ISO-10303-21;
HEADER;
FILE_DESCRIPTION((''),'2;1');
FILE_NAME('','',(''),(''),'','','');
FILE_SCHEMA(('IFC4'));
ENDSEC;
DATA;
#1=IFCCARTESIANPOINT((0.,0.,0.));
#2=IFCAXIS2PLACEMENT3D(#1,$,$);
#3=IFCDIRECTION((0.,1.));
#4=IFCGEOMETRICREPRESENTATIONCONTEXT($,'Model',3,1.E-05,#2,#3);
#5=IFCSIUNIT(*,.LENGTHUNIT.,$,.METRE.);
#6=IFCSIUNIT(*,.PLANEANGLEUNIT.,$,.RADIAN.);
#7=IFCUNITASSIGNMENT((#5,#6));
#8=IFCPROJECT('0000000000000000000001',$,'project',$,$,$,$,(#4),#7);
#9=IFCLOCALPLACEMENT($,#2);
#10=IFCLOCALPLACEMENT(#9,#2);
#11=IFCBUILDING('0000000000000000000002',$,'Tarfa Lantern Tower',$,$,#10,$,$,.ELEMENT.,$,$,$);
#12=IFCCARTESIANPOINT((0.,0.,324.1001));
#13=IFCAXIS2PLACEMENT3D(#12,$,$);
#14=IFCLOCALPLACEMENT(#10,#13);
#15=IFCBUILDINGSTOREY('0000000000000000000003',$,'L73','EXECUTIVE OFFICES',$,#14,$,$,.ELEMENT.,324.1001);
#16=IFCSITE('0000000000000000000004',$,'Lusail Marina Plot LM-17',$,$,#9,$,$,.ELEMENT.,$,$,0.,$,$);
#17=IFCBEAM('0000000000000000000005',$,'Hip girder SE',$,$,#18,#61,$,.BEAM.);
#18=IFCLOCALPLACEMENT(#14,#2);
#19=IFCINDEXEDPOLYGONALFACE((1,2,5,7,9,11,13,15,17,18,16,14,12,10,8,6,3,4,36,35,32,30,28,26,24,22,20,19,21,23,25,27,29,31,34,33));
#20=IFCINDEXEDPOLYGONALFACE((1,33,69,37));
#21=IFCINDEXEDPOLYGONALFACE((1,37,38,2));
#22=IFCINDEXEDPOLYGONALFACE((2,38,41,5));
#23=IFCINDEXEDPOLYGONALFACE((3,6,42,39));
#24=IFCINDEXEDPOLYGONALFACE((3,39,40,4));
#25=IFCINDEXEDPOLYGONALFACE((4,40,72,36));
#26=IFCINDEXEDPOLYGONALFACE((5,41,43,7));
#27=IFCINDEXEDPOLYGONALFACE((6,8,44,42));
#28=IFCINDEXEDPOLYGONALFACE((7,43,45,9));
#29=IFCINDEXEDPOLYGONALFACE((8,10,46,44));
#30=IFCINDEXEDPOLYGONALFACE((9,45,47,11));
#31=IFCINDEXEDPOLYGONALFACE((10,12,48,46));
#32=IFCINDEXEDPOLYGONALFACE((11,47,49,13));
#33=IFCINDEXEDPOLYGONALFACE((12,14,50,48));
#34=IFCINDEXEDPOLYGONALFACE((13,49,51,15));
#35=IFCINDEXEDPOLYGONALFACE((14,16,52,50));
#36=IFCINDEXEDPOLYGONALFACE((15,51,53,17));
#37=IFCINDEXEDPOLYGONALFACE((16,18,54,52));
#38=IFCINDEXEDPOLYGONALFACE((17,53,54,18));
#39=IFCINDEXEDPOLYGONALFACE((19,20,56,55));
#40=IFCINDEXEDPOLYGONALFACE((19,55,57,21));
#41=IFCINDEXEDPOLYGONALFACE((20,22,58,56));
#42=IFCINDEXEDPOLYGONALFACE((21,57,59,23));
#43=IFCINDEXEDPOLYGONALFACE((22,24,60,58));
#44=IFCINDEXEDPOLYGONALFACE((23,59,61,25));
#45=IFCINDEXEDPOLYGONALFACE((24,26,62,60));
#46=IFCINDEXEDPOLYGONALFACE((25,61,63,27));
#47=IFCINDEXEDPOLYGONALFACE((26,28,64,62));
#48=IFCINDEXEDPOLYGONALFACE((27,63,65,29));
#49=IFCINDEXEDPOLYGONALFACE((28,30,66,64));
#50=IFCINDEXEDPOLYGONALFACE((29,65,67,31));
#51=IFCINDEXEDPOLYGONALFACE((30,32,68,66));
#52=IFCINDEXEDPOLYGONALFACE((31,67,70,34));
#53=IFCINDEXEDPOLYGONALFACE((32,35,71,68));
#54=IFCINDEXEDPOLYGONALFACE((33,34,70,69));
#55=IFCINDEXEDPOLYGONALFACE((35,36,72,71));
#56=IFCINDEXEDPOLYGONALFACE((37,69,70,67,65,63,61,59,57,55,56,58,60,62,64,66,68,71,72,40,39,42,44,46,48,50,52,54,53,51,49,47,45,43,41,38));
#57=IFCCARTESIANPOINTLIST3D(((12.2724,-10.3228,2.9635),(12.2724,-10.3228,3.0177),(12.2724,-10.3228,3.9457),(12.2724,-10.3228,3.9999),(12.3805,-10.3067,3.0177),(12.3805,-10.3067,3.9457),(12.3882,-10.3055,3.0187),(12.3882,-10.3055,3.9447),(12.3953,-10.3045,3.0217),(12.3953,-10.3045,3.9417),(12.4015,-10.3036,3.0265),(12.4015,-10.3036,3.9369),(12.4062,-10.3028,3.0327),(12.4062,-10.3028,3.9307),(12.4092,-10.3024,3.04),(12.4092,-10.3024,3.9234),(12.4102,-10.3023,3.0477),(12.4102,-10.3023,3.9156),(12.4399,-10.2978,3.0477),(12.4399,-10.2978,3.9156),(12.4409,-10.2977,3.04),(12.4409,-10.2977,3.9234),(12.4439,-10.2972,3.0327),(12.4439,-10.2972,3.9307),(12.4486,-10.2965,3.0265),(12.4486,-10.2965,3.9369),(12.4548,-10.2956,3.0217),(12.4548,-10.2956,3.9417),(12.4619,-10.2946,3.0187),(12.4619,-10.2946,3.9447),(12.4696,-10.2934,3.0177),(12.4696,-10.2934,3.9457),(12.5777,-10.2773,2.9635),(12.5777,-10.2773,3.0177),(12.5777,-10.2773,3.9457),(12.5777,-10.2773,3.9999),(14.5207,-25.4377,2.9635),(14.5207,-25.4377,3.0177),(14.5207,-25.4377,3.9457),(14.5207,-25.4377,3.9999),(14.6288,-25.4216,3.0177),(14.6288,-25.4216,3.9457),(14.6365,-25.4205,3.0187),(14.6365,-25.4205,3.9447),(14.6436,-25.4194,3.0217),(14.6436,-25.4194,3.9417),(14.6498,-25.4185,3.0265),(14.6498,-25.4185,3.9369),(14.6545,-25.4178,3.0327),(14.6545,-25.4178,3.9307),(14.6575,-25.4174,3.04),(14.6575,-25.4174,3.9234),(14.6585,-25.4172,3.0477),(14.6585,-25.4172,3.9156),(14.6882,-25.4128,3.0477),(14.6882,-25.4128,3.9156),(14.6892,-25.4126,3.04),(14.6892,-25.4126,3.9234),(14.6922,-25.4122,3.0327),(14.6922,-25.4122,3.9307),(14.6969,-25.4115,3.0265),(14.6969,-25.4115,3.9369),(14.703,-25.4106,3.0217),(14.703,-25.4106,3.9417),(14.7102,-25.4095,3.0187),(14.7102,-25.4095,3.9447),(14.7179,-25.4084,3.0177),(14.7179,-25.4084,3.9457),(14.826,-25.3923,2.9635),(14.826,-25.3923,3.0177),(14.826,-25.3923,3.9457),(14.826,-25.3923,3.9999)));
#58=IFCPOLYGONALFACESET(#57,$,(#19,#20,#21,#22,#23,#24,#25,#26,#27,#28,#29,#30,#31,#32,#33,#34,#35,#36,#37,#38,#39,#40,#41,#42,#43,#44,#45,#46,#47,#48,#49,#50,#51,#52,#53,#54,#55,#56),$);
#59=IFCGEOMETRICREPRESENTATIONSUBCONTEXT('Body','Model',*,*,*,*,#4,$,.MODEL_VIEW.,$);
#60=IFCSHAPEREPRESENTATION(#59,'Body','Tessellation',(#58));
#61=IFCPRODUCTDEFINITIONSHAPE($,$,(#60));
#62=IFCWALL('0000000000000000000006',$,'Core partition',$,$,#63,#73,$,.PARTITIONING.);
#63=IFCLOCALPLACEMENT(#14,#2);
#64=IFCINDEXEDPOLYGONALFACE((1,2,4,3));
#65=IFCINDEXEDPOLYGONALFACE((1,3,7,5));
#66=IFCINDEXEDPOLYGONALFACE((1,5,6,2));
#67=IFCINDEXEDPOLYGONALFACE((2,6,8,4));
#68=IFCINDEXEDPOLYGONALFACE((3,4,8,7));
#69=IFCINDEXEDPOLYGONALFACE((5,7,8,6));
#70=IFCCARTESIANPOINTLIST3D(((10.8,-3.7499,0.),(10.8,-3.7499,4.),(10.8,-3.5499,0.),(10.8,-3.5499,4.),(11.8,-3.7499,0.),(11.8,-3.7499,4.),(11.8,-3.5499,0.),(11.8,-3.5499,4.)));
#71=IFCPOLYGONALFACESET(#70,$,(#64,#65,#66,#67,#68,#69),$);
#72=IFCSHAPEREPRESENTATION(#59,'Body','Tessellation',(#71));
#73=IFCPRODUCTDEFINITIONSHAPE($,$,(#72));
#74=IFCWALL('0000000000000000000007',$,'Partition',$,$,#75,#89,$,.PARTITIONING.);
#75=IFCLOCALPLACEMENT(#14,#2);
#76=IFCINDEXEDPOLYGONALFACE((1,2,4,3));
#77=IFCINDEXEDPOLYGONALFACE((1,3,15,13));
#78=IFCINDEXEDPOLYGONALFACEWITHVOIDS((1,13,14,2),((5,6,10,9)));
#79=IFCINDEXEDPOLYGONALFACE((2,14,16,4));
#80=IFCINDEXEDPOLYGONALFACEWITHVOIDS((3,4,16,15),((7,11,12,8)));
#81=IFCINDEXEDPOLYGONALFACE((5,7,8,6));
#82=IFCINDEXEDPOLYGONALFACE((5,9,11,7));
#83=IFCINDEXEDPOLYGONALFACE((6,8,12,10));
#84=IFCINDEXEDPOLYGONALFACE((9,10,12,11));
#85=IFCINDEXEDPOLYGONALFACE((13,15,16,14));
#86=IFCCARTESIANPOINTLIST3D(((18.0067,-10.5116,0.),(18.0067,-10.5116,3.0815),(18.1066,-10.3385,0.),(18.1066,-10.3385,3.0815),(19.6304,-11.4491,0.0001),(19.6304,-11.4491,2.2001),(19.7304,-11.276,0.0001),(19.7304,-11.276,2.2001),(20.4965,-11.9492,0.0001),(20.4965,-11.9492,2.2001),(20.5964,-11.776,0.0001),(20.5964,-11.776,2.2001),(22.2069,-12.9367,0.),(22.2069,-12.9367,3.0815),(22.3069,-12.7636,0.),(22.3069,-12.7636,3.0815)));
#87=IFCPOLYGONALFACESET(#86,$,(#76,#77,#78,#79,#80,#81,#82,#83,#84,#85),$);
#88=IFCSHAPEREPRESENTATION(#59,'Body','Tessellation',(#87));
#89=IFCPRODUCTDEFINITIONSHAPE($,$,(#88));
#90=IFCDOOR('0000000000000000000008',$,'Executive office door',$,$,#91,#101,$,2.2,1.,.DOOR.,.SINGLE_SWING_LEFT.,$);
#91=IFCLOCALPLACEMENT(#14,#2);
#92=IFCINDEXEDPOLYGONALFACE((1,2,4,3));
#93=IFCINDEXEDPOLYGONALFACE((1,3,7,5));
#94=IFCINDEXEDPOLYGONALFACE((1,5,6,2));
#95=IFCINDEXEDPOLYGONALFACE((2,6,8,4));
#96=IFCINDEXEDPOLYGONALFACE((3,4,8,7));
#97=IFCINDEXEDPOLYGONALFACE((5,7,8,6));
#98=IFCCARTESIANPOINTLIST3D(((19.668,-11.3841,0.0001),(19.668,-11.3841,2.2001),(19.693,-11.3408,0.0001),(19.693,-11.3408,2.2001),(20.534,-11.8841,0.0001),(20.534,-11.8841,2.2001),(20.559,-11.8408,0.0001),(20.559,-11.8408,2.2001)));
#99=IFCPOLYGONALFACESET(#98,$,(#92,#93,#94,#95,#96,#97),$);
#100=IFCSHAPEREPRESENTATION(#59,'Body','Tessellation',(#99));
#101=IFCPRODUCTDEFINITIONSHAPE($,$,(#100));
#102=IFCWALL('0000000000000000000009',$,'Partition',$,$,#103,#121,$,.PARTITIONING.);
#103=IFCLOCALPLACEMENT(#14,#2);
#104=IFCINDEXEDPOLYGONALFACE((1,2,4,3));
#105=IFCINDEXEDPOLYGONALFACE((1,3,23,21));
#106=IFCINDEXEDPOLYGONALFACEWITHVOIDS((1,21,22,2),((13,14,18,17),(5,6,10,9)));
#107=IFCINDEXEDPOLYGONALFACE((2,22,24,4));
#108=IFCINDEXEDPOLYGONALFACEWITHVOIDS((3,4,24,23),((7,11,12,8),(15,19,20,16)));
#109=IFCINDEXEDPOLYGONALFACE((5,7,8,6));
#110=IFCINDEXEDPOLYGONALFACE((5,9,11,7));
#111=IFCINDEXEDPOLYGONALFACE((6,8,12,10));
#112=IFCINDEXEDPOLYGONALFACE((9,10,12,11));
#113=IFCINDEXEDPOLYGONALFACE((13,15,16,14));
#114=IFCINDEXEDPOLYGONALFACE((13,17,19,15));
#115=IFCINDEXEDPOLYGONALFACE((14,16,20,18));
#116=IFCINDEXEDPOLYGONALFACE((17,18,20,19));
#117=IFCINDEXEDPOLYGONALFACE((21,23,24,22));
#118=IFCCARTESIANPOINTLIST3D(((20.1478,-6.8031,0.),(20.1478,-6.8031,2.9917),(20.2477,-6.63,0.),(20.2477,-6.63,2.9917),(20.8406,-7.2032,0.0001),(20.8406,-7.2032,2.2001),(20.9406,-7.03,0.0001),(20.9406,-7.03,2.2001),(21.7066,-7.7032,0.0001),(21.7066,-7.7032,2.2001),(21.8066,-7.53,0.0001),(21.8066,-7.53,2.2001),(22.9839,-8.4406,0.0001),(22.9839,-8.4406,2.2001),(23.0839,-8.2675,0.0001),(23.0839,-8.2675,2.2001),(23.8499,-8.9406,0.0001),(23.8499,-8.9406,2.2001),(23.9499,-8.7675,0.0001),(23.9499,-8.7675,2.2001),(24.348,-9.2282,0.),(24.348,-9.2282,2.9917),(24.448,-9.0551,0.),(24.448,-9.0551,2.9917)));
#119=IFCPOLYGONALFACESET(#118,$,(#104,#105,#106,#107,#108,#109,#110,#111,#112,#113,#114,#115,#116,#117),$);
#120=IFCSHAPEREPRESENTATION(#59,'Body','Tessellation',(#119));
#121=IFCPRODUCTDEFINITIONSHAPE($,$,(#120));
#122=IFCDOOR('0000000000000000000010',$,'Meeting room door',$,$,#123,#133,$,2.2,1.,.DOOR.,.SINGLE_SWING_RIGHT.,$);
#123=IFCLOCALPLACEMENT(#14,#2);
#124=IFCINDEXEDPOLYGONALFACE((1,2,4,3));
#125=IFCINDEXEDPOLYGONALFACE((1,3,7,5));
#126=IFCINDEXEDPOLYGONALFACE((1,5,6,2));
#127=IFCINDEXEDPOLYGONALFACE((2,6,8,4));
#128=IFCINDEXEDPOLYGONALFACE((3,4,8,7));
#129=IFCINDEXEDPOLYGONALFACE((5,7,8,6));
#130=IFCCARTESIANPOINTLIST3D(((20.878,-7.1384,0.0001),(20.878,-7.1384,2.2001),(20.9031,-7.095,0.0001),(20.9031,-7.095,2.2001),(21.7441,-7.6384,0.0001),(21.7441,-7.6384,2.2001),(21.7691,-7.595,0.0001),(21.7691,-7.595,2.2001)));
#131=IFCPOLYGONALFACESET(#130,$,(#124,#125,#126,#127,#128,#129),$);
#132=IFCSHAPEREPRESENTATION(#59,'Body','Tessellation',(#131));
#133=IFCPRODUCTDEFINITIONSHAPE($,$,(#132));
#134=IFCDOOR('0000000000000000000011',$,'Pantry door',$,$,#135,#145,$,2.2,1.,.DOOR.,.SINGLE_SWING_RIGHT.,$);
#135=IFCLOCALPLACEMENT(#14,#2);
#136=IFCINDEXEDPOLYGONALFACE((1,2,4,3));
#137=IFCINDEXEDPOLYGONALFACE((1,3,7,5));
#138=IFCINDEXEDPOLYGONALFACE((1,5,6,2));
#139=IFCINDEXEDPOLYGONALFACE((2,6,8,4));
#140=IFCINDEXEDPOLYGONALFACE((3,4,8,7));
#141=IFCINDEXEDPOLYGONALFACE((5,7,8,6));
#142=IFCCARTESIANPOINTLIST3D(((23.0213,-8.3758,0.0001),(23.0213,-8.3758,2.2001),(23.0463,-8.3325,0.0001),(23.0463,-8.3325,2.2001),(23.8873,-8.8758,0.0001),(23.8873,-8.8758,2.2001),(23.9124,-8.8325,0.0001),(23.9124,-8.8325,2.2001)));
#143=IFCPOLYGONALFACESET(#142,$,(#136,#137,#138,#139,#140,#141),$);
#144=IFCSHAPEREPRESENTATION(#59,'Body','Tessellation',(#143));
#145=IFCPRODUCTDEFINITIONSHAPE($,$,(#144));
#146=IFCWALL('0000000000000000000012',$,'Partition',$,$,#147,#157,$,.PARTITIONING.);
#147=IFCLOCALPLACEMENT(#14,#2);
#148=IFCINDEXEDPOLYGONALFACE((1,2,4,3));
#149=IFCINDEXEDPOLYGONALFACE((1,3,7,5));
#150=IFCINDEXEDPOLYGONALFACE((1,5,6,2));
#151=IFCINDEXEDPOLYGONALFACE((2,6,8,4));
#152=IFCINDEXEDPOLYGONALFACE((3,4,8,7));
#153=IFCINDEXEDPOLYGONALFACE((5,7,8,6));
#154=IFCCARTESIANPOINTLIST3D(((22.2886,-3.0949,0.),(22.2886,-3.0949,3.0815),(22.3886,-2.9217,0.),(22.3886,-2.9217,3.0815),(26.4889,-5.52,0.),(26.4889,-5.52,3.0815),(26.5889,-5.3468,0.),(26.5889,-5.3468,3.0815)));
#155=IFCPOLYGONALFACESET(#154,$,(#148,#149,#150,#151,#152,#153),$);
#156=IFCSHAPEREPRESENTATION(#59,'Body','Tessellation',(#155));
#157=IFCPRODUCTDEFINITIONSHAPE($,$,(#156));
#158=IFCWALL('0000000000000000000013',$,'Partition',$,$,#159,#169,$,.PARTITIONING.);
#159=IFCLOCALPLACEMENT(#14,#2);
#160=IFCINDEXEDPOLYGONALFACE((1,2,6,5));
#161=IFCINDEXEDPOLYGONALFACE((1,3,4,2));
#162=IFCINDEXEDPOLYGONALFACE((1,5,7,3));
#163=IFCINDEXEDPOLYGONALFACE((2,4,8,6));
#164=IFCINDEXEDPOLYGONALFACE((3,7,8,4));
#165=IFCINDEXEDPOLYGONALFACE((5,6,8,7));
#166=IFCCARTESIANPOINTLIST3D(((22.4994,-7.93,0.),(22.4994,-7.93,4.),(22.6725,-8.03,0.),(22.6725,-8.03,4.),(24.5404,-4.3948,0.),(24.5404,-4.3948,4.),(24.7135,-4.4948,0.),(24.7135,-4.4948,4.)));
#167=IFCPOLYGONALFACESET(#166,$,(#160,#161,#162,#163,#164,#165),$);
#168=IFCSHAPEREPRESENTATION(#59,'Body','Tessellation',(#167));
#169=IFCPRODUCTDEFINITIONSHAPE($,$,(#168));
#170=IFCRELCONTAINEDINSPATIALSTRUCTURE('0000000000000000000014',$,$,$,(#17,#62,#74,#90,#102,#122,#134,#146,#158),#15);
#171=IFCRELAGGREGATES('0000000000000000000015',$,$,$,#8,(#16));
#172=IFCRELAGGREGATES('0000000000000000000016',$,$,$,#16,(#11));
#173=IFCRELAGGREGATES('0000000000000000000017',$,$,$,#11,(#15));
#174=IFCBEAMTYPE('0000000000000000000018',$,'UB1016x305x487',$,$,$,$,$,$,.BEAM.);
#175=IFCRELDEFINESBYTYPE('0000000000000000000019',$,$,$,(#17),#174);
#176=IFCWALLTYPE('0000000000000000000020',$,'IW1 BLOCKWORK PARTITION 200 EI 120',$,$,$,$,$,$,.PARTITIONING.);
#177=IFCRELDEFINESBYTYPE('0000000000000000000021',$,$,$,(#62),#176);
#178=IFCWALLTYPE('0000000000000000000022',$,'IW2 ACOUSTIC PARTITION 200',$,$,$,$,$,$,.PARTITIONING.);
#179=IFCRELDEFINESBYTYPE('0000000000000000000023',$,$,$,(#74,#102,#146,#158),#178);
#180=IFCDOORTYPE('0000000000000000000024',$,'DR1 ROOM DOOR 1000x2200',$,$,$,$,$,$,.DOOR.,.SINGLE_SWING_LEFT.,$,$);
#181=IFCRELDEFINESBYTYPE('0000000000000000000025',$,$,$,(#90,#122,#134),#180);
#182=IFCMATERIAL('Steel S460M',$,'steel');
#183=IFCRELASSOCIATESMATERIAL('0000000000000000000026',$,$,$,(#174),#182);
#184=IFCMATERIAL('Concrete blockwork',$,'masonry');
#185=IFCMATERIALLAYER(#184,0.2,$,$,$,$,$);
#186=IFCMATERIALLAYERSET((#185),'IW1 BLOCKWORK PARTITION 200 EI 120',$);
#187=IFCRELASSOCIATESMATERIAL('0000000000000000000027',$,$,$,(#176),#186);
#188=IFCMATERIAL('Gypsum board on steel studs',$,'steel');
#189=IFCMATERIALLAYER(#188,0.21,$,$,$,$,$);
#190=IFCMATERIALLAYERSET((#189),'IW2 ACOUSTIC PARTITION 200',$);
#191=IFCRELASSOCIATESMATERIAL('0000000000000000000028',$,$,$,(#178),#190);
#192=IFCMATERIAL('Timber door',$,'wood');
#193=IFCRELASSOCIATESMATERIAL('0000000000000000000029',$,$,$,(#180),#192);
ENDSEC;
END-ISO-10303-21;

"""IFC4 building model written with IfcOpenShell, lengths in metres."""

from ifc_helpers import new_model, si_unit, direction, frame, frame_2d, origin, origin_2d, place, context, subcontext, project, spatial, rectangle, i_section, extrude, material, layer, layer_set, material_profile, profile_set, type_object, element, fill, save


model = new_model("IFC4")

# Units and contexts
model_context = context("Model", 3, precision=1e-05, world=origin(), true_north=direction((0.0, 1.0)))
body_context = subcontext(model_context, "Body", "Model", "MODEL_VIEW")
ifc_project = project(units=[si_unit("LENGTHUNIT", "METRE"), si_unit("PLANEANGLEUNIT", "RADIAN")], contexts=[model_context])

# Site, building, storey
site_placement = place(None, origin())
site = spatial("IfcSite", under=ifc_project, at=site_placement, Name="Lusail Marina Plot LM-17", CompositionType="ELEMENT", RefElevation=0.0)
building_placement = place(site_placement, origin())
building = spatial("IfcBuilding", under=site, at=building_placement, Name="Tarfa Lantern Tower", CompositionType="ELEMENT")
storey_placement = place(building_placement, frame((0.0, 0.0, 324.1001)))
storey = spatial("IfcBuildingStorey", under=building, at=storey_placement, Name="L73", Description="EXECUTIVE OFFICES", CompositionType="ELEMENT", Elevation=324.1001)

# Beam
ifc_material_1 = material(Name="Steel S460M", Category="steel")
ifc_material_profile = material_profile(ifc_material_1, i_section(OverallWidth=0.3086, OverallDepth=1.0364, WebThickness=0.03, FlangeThickness=0.0542, FilletRadius=0.03, at=origin_2d()), Name="UB1016x305x487")
ifc_profile_set = profile_set([ifc_material_profile], Name="Steel S460M")
beam_type = type_object("IfcBeamType", Name="UB1016x305x487", PredefinedType="BEAM", material=ifc_profile_set)
beam_placement = place(storey_placement, frame((12.425, -10.3, 3.4817), z_axis=(0.147127, -0.989118, 0.0), x_axis=(0.989118, 0.147127, 0.0)))
element("IfcBeam", 1, at=beam_placement, inside=storey, type_object=beam_type, Name="Hip girder SE", PredefinedType="BEAM", context=body_context, shape_type="SweptSolid", body=[
    extrude(i_section(OverallWidth=0.3086, OverallDepth=1.0364, WebThickness=0.03, FlangeThickness=0.0542, FilletRadius=0.03, at=origin_2d()), origin(), (0.0, 0.0, 1.0), 15.2812),
])

# Wall
ifc_material_2 = material(Name="Concrete blockwork", Category="masonry")
ifc_layer_1 = layer(ifc_material_2, 0.2)
ifc_layer_set_1 = layer_set([ifc_layer_1], Name="IW1 BLOCKWORK PARTITION 200 EI 120")
wall_type_1 = type_object("IfcWallType", Name="IW1 BLOCKWORK PARTITION 200 EI 120", PredefinedType="PARTITIONING", material=ifc_layer_set_1)
wall_1_placement = place(storey_placement, frame((11.8, -3.6499, 0.0), z_axis=(0.0, 0.0, 1.0), x_axis=(-1.0, 0.0, 0.0)))
element("IfcWall", 2, at=wall_1_placement, inside=storey, type_object=wall_type_1, Name="Core partition", PredefinedType="PARTITIONING", context=body_context, shape_type="SweptSolid", body=[
    extrude(rectangle(XDim=1.0, YDim=0.2, at=frame_2d((0.5, 0.0))), origin(), (0.0, 0.0, 1.0), 4.0),
])

# Wall, opening, door
ifc_material_3 = material(Name="Gypsum board on steel studs", Category="steel")
ifc_layer_2 = layer(ifc_material_3, 0.21)
ifc_layer_set_2 = layer_set([ifc_layer_2], Name="IW2 ACOUSTIC PARTITION 200")
wall_type_2 = type_object("IfcWallType", Name="IW2 ACOUSTIC PARTITION 200", PredefinedType="PARTITIONING", material=ifc_layer_set_2)
wall_2_placement = place(storey_placement, frame((18.0566, -10.425, 0.0), z_axis=(0.0, 0.0, 1.0), x_axis=(0.86602, -0.50001, 0.0)))
wall_2 = element("IfcWall", 3, at=wall_2_placement, inside=storey, type_object=wall_type_2, Name="Partition", PredefinedType="PARTITIONING", context=body_context, shape_type="SweptSolid", body=[
    extrude(rectangle(XDim=4.8501, YDim=0.2, at=frame_2d((2.425, 0.0))), origin(), (0.0, 0.0, 1.0), 3.0815),
])
opening_1_placement = place(wall_2_placement, frame((1.875, 0.0, 0.0)))
opening_1 = element("IfcOpeningElement", 4, at=opening_1_placement, cuts=wall_2, PredefinedType="OPENING", context=body_context, shape_type="SweptSolid", body=[
    extrude(rectangle(XDim=1.0, YDim=2.2, at=frame_2d((0.5, 1.1001))), frame((0.0, 0.1099, 0.0), z_axis=(0.0, -1.0, 0.0), x_axis=(1.0, 0.0, 0.0)), (0.0, 0.0, 1.0), 0.22),
])
ifc_material_4 = material(Name="Timber door", Category="wood")
door_type_1 = type_object("IfcDoorType", Name="DR1 ROOM DOOR 1000x2200", OperationType="SINGLE_SWING_LEFT", PredefinedType="DOOR", material=ifc_material_4)
door_1_placement = place(opening_1_placement, frame((1.0, 0.0, 0.0), z_axis=(0.0, 0.0, 1.0), x_axis=(-1.0, 0.0, 0.0)))
door_1 = element("IfcDoor", 5, at=door_1_placement, inside=storey, type_object=door_type_1, Name="Executive office door", OperationType="SINGLE_SWING_LEFT", OverallHeight=2.2, OverallWidth=1.0, PredefinedType="DOOR", context=body_context, shape_type="SweptSolid", body=[
    extrude(rectangle(XDim=1.0, YDim=2.2, at=frame_2d((0.5, 1.1001))), frame((0.0, 0.0249, 0.0), z_axis=(0.0, -1.0, 0.0), x_axis=(1.0, 0.0, 0.0)), (0.0, 0.0, 1.0), 0.05),
])
fill(opening_1, door_1)

# Wall, openings, doors
wall_3_placement = place(storey_placement, frame((20.1978, -6.7166, 0.0), z_axis=(0.0, 0.0, 1.0), x_axis=(0.86602, -0.50001, 0.0)))
wall_3 = element("IfcWall", 6, at=wall_3_placement, inside=storey, type_object=wall_type_2, Name="Partition", PredefinedType="PARTITIONING", context=body_context, shape_type="SweptSolid", body=[
    extrude(rectangle(XDim=4.8501, YDim=0.2, at=frame_2d((2.425, 0.0))), origin(), (0.0, 0.0, 1.0), 2.9917),
])
opening_2_placement = place(wall_3_placement, frame((0.8, 0.0, 0.0)))
opening_2 = element("IfcOpeningElement", 7, at=opening_2_placement, cuts=wall_3, PredefinedType="OPENING", context=body_context, shape_type="SweptSolid", body=[
    extrude(rectangle(XDim=1.0, YDim=2.2, at=frame_2d((0.5, 1.1001))), frame((0.0, 0.1099, 0.0), z_axis=(0.0, -1.0, 0.0), x_axis=(1.0, 0.0, 0.0)), (0.0, 0.0, 1.0), 0.22),
])
opening_3_placement = place(wall_3_placement, frame((3.2749, 0.0, 0.0)))
opening_3 = element("IfcOpeningElement", 8, at=opening_3_placement, cuts=wall_3, PredefinedType="OPENING", context=body_context, shape_type="SweptSolid", body=[
    extrude(rectangle(XDim=1.0, YDim=2.2, at=frame_2d((0.5, 1.1001))), frame((0.0, 0.1099, 0.0), z_axis=(0.0, -1.0, 0.0), x_axis=(1.0, 0.0, 0.0)), (0.0, 0.0, 1.0), 0.22),
])
door_2_placement = place(opening_2_placement, origin())
door_2 = element("IfcDoor", 9, at=door_2_placement, inside=storey, type_object=door_type_1, Name="Meeting room door", OperationType="SINGLE_SWING_RIGHT", OverallHeight=2.2, OverallWidth=1.0, PredefinedType="DOOR", context=body_context, shape_type="SweptSolid", body=[
    extrude(rectangle(XDim=1.0, YDim=2.2, at=frame_2d((0.5, 1.1001))), frame((0.0, 0.0249, 0.0), z_axis=(0.0, -1.0, 0.0), x_axis=(1.0, 0.0, 0.0)), (0.0, 0.0, 1.0), 0.05),
])
fill(opening_2, door_2)
door_3_placement = place(opening_3_placement, origin())
door_3 = element("IfcDoor", 10, at=door_3_placement, inside=storey, type_object=door_type_1, Name="Pantry door", OperationType="SINGLE_SWING_RIGHT", OverallHeight=2.2, OverallWidth=1.0, PredefinedType="DOOR", context=body_context, shape_type="SweptSolid", body=[
    extrude(rectangle(XDim=1.0, YDim=2.2, at=frame_2d((0.5, 1.1001))), frame((0.0, 0.0249, 0.0), z_axis=(0.0, -1.0, 0.0), x_axis=(1.0, 0.0, 0.0)), (0.0, 0.0, 1.0), 0.05),
])
fill(opening_3, door_3)

# Walls
wall_4_placement = place(storey_placement, frame((22.3386, -3.0083, 0.0), z_axis=(0.0, 0.0, 1.0), x_axis=(0.86602, -0.50001, 0.0)))
element("IfcWall", 11, at=wall_4_placement, inside=storey, type_object=wall_type_2, Name="Partition", PredefinedType="PARTITIONING", context=body_context, shape_type="SweptSolid", body=[
    extrude(rectangle(XDim=4.8501, YDim=0.2, at=frame_2d((2.425, 0.0))), origin(), (0.0, 0.0, 1.0), 3.0815),
])
wall_5_placement = place(storey_placement, frame((22.5859, -7.98, 0.0), z_axis=(0.0, 0.0, 1.0), x_axis=(0.499999, 0.866026, 0.0)))
element("IfcWall", 12, at=wall_5_placement, inside=storey, type_object=wall_type_2, Name="Partition", PredefinedType="PARTITIONING", context=body_context, shape_type="SweptSolid", body=[
    extrude(rectangle(XDim=4.082, YDim=0.2, at=frame_2d((2.041, 0.0))), origin(), (0.0, 0.0, 1.0), 4.0),
])

save(model, "model.ifc")
